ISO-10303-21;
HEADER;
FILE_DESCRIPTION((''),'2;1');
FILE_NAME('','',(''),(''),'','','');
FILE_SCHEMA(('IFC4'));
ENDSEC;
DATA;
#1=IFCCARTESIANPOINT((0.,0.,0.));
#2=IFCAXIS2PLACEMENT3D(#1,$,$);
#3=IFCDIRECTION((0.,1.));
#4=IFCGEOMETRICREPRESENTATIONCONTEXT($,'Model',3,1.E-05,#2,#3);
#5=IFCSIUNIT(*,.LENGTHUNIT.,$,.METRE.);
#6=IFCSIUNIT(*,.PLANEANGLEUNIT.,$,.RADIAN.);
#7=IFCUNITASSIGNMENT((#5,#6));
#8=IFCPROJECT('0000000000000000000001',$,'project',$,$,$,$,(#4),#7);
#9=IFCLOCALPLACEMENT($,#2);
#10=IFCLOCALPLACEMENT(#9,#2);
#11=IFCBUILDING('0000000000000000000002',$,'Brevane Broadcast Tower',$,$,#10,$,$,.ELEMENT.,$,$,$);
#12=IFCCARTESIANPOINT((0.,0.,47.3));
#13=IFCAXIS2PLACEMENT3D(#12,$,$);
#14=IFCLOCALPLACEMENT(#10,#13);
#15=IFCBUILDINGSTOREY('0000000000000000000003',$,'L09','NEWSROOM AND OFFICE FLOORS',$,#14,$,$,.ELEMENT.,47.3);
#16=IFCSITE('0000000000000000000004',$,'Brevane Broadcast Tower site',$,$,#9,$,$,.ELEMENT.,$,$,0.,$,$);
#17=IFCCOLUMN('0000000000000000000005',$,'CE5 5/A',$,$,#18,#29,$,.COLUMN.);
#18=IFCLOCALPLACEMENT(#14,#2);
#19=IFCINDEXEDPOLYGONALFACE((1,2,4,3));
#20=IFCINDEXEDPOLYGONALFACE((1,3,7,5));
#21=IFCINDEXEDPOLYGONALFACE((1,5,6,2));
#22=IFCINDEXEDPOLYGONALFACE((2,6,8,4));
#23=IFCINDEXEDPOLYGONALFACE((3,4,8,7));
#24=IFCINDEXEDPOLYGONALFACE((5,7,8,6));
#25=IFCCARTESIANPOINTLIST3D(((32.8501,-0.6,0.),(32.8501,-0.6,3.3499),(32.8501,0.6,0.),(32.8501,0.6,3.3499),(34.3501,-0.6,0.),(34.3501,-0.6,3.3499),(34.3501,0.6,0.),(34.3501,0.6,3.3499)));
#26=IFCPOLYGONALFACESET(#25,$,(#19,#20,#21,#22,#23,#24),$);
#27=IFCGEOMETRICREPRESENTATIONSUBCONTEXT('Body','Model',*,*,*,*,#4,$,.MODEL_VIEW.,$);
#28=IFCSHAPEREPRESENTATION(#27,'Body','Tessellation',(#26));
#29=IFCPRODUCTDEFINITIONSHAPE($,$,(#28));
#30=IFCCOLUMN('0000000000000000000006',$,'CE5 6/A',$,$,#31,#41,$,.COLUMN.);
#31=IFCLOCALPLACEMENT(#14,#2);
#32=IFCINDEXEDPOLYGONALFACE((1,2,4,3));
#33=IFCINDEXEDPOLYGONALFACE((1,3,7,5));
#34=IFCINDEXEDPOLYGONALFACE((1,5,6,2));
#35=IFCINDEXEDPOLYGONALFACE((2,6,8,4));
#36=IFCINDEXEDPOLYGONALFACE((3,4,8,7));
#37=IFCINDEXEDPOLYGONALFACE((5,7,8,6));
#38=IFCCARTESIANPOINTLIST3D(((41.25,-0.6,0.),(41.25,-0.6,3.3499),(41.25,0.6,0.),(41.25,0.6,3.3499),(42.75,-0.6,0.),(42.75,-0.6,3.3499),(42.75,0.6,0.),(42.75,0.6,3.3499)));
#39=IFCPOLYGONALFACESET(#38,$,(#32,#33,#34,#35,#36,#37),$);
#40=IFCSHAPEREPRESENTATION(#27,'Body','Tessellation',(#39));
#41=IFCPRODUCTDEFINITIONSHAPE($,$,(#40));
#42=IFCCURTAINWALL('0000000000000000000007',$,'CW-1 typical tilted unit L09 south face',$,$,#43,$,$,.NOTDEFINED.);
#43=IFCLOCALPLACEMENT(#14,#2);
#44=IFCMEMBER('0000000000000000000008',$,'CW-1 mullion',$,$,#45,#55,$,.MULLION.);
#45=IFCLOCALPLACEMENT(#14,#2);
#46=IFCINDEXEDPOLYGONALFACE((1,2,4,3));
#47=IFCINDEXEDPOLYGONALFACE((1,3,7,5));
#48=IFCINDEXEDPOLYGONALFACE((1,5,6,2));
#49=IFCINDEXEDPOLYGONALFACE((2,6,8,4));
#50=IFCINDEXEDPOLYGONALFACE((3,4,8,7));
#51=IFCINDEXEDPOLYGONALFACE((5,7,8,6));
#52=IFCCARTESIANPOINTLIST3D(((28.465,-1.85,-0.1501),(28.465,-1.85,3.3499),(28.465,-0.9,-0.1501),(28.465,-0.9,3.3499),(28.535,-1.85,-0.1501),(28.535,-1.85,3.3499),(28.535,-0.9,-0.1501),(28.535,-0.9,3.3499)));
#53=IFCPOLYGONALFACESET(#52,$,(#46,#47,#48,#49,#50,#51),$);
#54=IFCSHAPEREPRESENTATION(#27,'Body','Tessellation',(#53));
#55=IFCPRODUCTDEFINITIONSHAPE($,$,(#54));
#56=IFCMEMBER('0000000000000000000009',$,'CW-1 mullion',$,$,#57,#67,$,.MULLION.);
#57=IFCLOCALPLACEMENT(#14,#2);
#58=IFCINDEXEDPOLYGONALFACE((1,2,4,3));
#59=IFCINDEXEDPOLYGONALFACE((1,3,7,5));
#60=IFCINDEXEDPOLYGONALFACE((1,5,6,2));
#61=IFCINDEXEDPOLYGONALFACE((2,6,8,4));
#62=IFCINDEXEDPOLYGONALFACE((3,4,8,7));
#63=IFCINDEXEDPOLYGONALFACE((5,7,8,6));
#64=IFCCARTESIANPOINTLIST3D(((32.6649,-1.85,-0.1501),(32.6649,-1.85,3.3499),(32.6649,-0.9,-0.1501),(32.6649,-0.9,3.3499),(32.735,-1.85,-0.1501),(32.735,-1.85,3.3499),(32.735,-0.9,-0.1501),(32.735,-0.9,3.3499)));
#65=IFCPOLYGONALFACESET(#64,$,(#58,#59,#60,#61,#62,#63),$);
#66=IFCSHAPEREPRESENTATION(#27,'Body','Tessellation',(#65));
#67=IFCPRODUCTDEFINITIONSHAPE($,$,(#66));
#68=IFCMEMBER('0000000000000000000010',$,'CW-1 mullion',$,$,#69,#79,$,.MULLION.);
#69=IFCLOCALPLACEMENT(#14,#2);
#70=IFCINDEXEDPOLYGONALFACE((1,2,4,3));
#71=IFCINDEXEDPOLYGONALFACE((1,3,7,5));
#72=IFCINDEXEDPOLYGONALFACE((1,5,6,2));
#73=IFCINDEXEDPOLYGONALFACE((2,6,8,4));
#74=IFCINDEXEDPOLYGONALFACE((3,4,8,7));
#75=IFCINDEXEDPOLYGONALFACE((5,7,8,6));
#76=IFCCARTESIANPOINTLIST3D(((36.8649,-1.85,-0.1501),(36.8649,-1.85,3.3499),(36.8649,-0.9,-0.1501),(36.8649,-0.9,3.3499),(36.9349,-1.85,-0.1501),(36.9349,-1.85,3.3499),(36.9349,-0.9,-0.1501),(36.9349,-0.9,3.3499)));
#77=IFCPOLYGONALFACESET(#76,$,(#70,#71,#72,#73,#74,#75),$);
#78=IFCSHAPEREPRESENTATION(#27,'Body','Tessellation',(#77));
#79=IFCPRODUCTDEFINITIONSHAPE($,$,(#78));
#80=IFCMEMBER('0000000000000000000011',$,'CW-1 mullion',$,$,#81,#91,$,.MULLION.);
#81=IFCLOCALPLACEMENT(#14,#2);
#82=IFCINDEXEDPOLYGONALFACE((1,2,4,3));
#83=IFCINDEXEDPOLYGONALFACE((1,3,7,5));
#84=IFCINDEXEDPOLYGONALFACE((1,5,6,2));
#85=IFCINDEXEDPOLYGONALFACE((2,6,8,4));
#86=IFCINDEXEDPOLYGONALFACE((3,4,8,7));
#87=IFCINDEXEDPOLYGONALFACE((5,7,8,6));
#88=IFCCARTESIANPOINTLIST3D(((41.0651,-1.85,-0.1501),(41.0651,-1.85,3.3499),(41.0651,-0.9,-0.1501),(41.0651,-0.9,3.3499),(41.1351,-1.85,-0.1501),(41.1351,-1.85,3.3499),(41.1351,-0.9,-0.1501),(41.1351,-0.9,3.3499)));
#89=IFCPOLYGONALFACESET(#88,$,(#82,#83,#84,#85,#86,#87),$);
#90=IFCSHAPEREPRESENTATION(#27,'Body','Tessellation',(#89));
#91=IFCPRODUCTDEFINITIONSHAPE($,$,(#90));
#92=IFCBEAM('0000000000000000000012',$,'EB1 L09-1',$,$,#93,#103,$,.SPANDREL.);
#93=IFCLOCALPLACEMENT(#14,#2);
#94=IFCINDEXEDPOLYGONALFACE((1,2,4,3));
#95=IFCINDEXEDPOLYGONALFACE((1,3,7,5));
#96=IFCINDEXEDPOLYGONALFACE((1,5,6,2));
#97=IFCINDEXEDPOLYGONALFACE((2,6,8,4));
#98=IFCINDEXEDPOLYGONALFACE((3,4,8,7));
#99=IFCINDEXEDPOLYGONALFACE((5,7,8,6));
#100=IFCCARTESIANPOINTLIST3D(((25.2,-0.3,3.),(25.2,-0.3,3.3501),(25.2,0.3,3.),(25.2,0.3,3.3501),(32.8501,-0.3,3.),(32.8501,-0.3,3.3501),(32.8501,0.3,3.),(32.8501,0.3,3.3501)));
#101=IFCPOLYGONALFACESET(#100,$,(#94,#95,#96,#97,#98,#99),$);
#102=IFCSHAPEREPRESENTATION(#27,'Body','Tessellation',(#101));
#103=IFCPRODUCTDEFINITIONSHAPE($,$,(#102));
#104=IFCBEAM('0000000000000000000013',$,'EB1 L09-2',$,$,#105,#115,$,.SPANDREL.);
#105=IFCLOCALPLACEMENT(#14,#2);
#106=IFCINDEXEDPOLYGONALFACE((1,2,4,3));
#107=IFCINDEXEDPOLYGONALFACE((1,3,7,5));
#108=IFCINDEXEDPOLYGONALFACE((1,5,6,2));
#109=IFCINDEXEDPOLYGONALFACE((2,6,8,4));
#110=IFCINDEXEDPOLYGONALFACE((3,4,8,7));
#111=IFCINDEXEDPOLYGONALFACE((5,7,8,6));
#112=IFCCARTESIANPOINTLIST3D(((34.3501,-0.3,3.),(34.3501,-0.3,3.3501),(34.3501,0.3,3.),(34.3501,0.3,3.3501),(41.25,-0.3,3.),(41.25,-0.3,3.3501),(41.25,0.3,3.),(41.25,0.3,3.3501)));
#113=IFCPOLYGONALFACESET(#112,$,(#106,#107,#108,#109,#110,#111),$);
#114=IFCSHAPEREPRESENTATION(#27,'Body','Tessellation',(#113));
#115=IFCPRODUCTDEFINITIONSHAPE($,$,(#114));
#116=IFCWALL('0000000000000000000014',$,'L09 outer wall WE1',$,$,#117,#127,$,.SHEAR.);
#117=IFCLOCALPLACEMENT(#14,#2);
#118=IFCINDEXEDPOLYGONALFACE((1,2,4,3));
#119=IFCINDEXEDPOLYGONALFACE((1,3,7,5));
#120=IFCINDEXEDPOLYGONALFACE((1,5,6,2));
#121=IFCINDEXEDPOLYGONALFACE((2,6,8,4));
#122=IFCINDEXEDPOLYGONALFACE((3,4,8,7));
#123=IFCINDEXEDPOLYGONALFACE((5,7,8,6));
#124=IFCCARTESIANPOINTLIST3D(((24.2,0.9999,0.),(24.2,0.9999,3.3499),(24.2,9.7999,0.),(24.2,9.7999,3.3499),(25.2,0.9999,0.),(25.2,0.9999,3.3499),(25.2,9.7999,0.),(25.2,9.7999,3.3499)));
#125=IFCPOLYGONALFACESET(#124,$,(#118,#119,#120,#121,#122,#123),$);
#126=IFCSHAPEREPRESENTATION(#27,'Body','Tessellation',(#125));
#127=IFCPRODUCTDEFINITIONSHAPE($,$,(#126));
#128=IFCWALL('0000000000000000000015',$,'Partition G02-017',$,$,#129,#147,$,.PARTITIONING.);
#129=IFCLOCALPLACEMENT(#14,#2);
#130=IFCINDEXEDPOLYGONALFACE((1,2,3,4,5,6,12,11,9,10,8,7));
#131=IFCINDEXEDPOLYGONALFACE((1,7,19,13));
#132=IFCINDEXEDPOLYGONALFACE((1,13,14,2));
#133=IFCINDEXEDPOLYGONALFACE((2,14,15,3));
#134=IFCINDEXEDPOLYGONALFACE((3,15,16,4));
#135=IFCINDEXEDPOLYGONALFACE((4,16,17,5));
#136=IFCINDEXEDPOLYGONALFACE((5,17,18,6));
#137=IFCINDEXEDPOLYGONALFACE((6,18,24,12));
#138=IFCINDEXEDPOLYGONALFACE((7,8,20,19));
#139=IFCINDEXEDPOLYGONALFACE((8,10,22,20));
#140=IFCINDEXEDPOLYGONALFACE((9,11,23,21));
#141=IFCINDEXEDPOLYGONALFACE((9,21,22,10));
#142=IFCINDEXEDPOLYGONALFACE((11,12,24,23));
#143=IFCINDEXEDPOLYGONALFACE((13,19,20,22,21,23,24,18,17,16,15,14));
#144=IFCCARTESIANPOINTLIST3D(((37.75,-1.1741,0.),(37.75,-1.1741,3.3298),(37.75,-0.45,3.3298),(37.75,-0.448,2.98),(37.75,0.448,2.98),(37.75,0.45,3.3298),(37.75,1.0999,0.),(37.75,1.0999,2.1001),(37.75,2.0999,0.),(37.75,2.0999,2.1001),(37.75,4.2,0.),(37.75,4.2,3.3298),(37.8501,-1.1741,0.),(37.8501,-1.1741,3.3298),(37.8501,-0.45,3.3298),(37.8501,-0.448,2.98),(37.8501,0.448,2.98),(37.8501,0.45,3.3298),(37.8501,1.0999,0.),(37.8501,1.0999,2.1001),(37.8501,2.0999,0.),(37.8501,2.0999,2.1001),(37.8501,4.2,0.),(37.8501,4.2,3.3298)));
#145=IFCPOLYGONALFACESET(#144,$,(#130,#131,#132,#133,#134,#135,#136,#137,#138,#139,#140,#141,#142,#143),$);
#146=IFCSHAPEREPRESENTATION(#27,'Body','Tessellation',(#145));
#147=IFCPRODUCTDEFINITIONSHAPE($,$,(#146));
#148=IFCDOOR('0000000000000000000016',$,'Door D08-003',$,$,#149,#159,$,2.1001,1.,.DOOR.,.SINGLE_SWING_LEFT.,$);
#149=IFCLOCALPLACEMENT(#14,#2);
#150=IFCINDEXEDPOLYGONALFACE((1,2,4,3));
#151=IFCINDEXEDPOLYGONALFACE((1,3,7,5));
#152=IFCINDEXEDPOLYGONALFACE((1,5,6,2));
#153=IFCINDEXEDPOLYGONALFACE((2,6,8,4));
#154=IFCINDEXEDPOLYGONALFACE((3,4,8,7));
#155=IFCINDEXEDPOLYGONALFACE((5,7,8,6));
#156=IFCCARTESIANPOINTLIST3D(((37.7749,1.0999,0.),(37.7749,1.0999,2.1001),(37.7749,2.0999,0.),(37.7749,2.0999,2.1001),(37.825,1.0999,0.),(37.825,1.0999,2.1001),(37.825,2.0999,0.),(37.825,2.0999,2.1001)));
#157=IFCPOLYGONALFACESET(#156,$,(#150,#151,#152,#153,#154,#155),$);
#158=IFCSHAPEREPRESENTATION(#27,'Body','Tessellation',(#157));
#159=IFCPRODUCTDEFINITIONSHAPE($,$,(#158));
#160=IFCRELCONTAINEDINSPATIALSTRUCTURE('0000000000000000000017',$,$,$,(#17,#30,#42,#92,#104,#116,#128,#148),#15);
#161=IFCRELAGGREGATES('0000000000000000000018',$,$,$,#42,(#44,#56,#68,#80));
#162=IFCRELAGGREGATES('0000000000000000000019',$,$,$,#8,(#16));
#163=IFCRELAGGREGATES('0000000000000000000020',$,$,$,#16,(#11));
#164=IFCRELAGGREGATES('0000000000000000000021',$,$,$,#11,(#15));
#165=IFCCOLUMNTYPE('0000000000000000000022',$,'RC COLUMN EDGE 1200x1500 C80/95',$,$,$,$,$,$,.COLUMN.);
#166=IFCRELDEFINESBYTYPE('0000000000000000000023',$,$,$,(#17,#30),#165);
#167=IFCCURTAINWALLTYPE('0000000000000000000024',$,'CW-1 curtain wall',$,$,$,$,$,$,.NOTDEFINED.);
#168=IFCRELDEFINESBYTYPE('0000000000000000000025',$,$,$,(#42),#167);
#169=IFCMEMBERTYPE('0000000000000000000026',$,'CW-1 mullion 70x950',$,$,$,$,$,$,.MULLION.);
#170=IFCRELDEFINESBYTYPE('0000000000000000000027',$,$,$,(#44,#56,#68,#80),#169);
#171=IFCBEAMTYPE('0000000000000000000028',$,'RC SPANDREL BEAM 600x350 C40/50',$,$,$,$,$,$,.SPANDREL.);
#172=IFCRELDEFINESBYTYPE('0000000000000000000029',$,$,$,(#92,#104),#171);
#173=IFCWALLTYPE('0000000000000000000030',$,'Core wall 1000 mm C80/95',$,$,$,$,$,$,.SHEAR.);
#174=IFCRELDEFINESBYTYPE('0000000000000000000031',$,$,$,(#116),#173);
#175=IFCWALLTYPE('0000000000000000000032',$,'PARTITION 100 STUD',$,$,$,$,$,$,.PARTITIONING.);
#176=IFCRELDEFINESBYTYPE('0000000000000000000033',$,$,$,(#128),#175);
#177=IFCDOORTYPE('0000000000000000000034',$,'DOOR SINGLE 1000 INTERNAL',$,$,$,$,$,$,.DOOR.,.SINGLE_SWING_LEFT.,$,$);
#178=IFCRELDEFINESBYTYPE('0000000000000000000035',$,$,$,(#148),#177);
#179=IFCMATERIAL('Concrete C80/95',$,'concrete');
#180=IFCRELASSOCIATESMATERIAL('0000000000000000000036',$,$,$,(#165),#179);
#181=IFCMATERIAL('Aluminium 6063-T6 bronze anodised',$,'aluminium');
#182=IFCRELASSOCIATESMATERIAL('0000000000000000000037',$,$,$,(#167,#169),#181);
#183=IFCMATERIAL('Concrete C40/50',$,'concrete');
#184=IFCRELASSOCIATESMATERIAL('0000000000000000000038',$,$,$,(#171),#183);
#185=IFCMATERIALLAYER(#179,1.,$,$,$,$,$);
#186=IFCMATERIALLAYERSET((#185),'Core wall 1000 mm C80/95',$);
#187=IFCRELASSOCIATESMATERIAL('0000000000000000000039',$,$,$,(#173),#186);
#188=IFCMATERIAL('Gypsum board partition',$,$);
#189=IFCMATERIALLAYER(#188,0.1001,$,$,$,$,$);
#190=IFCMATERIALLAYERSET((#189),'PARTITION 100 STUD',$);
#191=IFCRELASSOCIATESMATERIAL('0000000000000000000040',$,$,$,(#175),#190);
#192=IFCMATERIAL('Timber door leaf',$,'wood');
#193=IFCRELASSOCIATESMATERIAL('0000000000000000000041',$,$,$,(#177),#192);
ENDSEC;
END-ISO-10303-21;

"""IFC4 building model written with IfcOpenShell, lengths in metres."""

from ifc_helpers import new_model, si_unit, direction, frame, frame_2d, origin, origin_2d, place, context, subcontext, project, spatial, polyline, rectangle, outline, extrude, material, layer, layer_set, material_profile, profile_set, type_object, element, fill, aggregate, save


model = new_model("IFC4")

# Units and contexts
model_context = context("Model", 3, precision=1e-05, world=origin(), true_north=direction((0.0, 1.0)))
body_context = subcontext(model_context, "Body", "Model", "MODEL_VIEW")
ifc_project = project(units=[si_unit("LENGTHUNIT", "METRE"), si_unit("PLANEANGLEUNIT", "RADIAN")], contexts=[model_context])

# Site, building, storey
site_placement = place(None, origin())
site = spatial("IfcSite", under=ifc_project, at=site_placement, Name="Brevane Broadcast Tower site", CompositionType="ELEMENT", RefElevation=0.0)
building_placement = place(site_placement, origin())
building = spatial("IfcBuilding", under=site, at=building_placement, Name="Brevane Broadcast Tower", CompositionType="ELEMENT")
storey_placement = place(building_placement, frame((0.0, 0.0, 47.3)))
storey = spatial("IfcBuildingStorey", under=building, at=storey_placement, Name="L09", Description="NEWSROOM AND OFFICE FLOORS", CompositionType="ELEMENT", Elevation=47.3)

# Columns
ifc_material_1 = material(Name="Concrete C80/95", Category="concrete")
ifc_material_profile_1 = material_profile(ifc_material_1, rectangle(XDim=1.2, YDim=1.5, at=origin_2d()), Name="RC 1200x1500")
ifc_profile_set_1 = profile_set([ifc_material_profile_1], Name="Concrete C80/95")
column_type = type_object("IfcColumnType", Name="RC COLUMN EDGE 1200x1500 C80/95", PredefinedType="COLUMN", material=ifc_profile_set_1)
for number, where, z_axis, x_axis, name in (
    (1, (33.6001, 0.0, 0.0), (0.0, 0.0, 1.0), (0.0, 1.0, 0.0), "CE5 5/A"),
    (2, (42.0, 0.0, 0.0), (0.0, 0.0, 1.0), (0.0, 1.0, 0.0), "CE5 6/A"),
):
    element("IfcColumn", number, at=place(storey_placement, frame(where, z_axis=z_axis, x_axis=x_axis)), inside=storey, type_object=column_type, Name=name, PredefinedType="COLUMN", context=body_context, shape_type="SweptSolid", body=[
        extrude(rectangle(XDim=1.2, YDim=1.5, at=origin_2d()), origin(), (0.0, 0.0, 1.0), 3.3499),
    ])

# Curtain wall, members
ifc_material_2 = material(Name="Aluminium 6063-T6 bronze anodised", Category="aluminium")
curtain_wall_type = type_object("IfcCurtainWallType", Name="CW-1 curtain wall", PredefinedType="NOTDEFINED", material=ifc_material_2)
curtain_wall_placement = place(storey_placement, origin())
curtain_wall = element("IfcCurtainWall", 3, at=curtain_wall_placement, inside=storey, type_object=curtain_wall_type, Name="CW-1 typical tilted unit L09 south face", PredefinedType="NOTDEFINED")
ifc_material_profile_2 = material_profile(ifc_material_2, rectangle(XDim=0.95, YDim=0.0701, at=origin_2d()), Name="RECT 70x950")
ifc_profile_set_2 = profile_set([ifc_material_profile_2], Name="Aluminium 6063-T6 bronze anodised")
member_type = type_object("IfcMemberType", Name="CW-1 mullion 70x950", PredefinedType="MULLION", material=ifc_profile_set_2)
member_1_placement = place(storey_placement, frame((28.5, -1.375, -0.1501), z_axis=(0.0, 0.0, 1.0), x_axis=(0.0, 1.0, 0.0)))
member_1 = element("IfcMember", 4, at=member_1_placement, type_object=member_type, Name="CW-1 mullion", PredefinedType="MULLION", context=body_context, shape_type="SweptSolid", body=[
    extrude(rectangle(XDim=0.95, YDim=0.0701, at=origin_2d()), origin(), (0.0, 0.0, 1.0), 3.5),
])
member_2_placement = place(storey_placement, frame((32.7, -1.375, -0.1501), z_axis=(0.0, 0.0, 1.0), x_axis=(0.0, 1.0, 0.0)))
member_2 = element("IfcMember", 5, at=member_2_placement, type_object=member_type, Name="CW-1 mullion", PredefinedType="MULLION", context=body_context, shape_type="SweptSolid", body=[
    extrude(rectangle(XDim=0.95, YDim=0.0701, at=origin_2d()), origin(), (0.0, 0.0, 1.0), 3.5),
])
member_3_placement = place(storey_placement, frame((36.8999, -1.375, -0.1501), z_axis=(0.0, 0.0, 1.0), x_axis=(0.0, 1.0, 0.0)))
member_3 = element("IfcMember", 6, at=member_3_placement, type_object=member_type, Name="CW-1 mullion", PredefinedType="MULLION", context=body_context, shape_type="SweptSolid", body=[
    extrude(rectangle(XDim=0.95, YDim=0.0701, at=origin_2d()), origin(), (0.0, 0.0, 1.0), 3.5),
])
member_4_placement = place(storey_placement, frame((41.1001, -1.375, -0.1501), z_axis=(0.0, 0.0, 1.0), x_axis=(0.0, 1.0, 0.0)))
member_4 = element("IfcMember", 7, at=member_4_placement, type_object=member_type, Name="CW-1 mullion", PredefinedType="MULLION", context=body_context, shape_type="SweptSolid", body=[
    extrude(rectangle(XDim=0.95, YDim=0.0701, at=origin_2d()), origin(), (0.0, 0.0, 1.0), 3.5),
])
aggregate(curtain_wall, [member_1, member_2, member_3, member_4])

# Beams
ifc_material_3 = material(Name="Concrete C40/50", Category="concrete")
ifc_material_profile_3 = material_profile(ifc_material_3, rectangle(XDim=0.6001, YDim=0.3501, at=origin_2d()), Name="RC 600x350")
ifc_profile_set_3 = profile_set([ifc_material_profile_3], Name="Concrete C40/50")
beam_type = type_object("IfcBeamType", Name="RC SPANDREL BEAM 600x350 C40/50", PredefinedType="SPANDREL", material=ifc_profile_set_3)
beam_1_placement = place(storey_placement, frame((25.2, 0.0, 3.175), z_axis=(1.0, 0.0, 0.0), x_axis=(0.0, 1.0, 0.0)))
element("IfcBeam", 8, at=beam_1_placement, inside=storey, type_object=beam_type, Name="EB1 L09-1", PredefinedType="SPANDREL", context=body_context, shape_type="SweptSolid", body=[
    extrude(rectangle(XDim=0.6001, YDim=0.3501, at=origin_2d()), origin(), (0.0, 0.0, 1.0), 7.6501),
])
beam_2_placement = place(storey_placement, frame((34.3501, 0.0, 3.175), z_axis=(1.0, 0.0, 0.0), x_axis=(0.0, 1.0, 0.0)))
element("IfcBeam", 9, at=beam_2_placement, inside=storey, type_object=beam_type, Name="EB1 L09-2", PredefinedType="SPANDREL", context=body_context, shape_type="SweptSolid", body=[
    extrude(rectangle(XDim=0.6001, YDim=0.3501, at=origin_2d()), origin(), (0.0, 0.0, 1.0), 6.8999),
])

# Wall
ifc_layer_1 = layer(ifc_material_1, 1.0)
ifc_layer_set_1 = layer_set([ifc_layer_1], Name="Core wall 1000 mm C80/95")
wall_type_1 = type_object("IfcWallType", Name="Core wall 1000 mm C80/95", PredefinedType="SHEAR", material=ifc_layer_set_1)
wall_1_placement = place(storey_placement, frame((24.7, 1.0, 0.0), z_axis=(0.0, 0.0, 1.0), x_axis=(0.0, 1.0, 0.0)))
element("IfcWall", 10, at=wall_1_placement, inside=storey, type_object=wall_type_1, Name="L09 outer wall WE1", PredefinedType="SHEAR", context=body_context, shape_type="SweptSolid", body=[
    extrude(rectangle(XDim=8.8, YDim=1.0, at=frame_2d((4.3999, 0.0))), origin(), (0.0, 0.0, 1.0), 3.3499),
])

# Wall, opening, door
ifc_material_4 = material(Name="Gypsum board partition")
ifc_layer_2 = layer(ifc_material_4, 0.1001)
ifc_layer_set_2 = layer_set([ifc_layer_2], Name="PARTITION 100 STUD")
wall_type_2 = type_object("IfcWallType", Name="PARTITION 100 STUD", PredefinedType="PARTITIONING", material=ifc_layer_set_2)
wall_2_placement = place(storey_placement, frame((37.8, 4.2, 0.0), z_axis=(0.0, 0.0, 1.0), x_axis=(0.0, -1.0, 0.0)))
wall_2 = element("IfcWall", 11, at=wall_2_placement, inside=storey, type_object=wall_type_2, Name="Partition G02-017", PredefinedType="PARTITIONING", context=body_context, shape_type="SweptSolid", body=[
    extrude(outline(polyline([(0.0, 0.0), (5.374, 0.0), (5.374, 3.3298), (5.3, 3.3298), (4.6499, 3.3298), (4.6479, 2.98), (3.752, 2.98), (3.75, 3.3298), (0.0, 3.3298), (0.0, 0.0)])), frame((0.0, 0.05, 0.0), z_axis=(0.0, -1.0, 0.0), x_axis=(1.0, 0.0, 0.0)), (0.0, 0.0, 1.0), 0.1001),
])
opening_1_placement = place(wall_2_placement, frame((2.1001, 0.0, 0.0)))
opening_1 = element("IfcOpeningElement", 12, at=opening_1_placement, cuts=wall_2, PredefinedType="OPENING", context=body_context, shape_type="SweptSolid", body=[
    extrude(rectangle(XDim=1.0, YDim=2.1001, at=frame_2d((0.5, 1.05))), frame((0.0, 0.0601, 0.0), z_axis=(0.0, -1.0, 0.0), x_axis=(1.0, 0.0, 0.0)), (0.0, 0.0, 1.0), 0.1201),
])
ifc_material_5 = material(Name="Timber door leaf", Category="wood")
door_type = type_object("IfcDoorType", Name="DOOR SINGLE 1000 INTERNAL", OperationType="SINGLE_SWING_LEFT", PredefinedType="DOOR", material=ifc_material_5)
door_1_placement = place(opening_1_placement, origin())
door_1 = element("IfcDoor", 13, at=door_1_placement, inside=storey, type_object=door_type, Name="Door D08-003", OperationType="SINGLE_SWING_LEFT", OverallHeight=2.1001, OverallWidth=1.0, PredefinedType="DOOR", context=body_context, shape_type="SweptSolid", body=[
    extrude(rectangle(XDim=1.0, YDim=2.1001, at=frame_2d((0.5, 1.05))), frame((0.0, 0.0249, 0.0), z_axis=(0.0, -1.0, 0.0), x_axis=(1.0, 0.0, 0.0)), (0.0, 0.0, 1.0), 0.05),
])
fill(opening_1, door_1)

save(model, "model.ifc")
